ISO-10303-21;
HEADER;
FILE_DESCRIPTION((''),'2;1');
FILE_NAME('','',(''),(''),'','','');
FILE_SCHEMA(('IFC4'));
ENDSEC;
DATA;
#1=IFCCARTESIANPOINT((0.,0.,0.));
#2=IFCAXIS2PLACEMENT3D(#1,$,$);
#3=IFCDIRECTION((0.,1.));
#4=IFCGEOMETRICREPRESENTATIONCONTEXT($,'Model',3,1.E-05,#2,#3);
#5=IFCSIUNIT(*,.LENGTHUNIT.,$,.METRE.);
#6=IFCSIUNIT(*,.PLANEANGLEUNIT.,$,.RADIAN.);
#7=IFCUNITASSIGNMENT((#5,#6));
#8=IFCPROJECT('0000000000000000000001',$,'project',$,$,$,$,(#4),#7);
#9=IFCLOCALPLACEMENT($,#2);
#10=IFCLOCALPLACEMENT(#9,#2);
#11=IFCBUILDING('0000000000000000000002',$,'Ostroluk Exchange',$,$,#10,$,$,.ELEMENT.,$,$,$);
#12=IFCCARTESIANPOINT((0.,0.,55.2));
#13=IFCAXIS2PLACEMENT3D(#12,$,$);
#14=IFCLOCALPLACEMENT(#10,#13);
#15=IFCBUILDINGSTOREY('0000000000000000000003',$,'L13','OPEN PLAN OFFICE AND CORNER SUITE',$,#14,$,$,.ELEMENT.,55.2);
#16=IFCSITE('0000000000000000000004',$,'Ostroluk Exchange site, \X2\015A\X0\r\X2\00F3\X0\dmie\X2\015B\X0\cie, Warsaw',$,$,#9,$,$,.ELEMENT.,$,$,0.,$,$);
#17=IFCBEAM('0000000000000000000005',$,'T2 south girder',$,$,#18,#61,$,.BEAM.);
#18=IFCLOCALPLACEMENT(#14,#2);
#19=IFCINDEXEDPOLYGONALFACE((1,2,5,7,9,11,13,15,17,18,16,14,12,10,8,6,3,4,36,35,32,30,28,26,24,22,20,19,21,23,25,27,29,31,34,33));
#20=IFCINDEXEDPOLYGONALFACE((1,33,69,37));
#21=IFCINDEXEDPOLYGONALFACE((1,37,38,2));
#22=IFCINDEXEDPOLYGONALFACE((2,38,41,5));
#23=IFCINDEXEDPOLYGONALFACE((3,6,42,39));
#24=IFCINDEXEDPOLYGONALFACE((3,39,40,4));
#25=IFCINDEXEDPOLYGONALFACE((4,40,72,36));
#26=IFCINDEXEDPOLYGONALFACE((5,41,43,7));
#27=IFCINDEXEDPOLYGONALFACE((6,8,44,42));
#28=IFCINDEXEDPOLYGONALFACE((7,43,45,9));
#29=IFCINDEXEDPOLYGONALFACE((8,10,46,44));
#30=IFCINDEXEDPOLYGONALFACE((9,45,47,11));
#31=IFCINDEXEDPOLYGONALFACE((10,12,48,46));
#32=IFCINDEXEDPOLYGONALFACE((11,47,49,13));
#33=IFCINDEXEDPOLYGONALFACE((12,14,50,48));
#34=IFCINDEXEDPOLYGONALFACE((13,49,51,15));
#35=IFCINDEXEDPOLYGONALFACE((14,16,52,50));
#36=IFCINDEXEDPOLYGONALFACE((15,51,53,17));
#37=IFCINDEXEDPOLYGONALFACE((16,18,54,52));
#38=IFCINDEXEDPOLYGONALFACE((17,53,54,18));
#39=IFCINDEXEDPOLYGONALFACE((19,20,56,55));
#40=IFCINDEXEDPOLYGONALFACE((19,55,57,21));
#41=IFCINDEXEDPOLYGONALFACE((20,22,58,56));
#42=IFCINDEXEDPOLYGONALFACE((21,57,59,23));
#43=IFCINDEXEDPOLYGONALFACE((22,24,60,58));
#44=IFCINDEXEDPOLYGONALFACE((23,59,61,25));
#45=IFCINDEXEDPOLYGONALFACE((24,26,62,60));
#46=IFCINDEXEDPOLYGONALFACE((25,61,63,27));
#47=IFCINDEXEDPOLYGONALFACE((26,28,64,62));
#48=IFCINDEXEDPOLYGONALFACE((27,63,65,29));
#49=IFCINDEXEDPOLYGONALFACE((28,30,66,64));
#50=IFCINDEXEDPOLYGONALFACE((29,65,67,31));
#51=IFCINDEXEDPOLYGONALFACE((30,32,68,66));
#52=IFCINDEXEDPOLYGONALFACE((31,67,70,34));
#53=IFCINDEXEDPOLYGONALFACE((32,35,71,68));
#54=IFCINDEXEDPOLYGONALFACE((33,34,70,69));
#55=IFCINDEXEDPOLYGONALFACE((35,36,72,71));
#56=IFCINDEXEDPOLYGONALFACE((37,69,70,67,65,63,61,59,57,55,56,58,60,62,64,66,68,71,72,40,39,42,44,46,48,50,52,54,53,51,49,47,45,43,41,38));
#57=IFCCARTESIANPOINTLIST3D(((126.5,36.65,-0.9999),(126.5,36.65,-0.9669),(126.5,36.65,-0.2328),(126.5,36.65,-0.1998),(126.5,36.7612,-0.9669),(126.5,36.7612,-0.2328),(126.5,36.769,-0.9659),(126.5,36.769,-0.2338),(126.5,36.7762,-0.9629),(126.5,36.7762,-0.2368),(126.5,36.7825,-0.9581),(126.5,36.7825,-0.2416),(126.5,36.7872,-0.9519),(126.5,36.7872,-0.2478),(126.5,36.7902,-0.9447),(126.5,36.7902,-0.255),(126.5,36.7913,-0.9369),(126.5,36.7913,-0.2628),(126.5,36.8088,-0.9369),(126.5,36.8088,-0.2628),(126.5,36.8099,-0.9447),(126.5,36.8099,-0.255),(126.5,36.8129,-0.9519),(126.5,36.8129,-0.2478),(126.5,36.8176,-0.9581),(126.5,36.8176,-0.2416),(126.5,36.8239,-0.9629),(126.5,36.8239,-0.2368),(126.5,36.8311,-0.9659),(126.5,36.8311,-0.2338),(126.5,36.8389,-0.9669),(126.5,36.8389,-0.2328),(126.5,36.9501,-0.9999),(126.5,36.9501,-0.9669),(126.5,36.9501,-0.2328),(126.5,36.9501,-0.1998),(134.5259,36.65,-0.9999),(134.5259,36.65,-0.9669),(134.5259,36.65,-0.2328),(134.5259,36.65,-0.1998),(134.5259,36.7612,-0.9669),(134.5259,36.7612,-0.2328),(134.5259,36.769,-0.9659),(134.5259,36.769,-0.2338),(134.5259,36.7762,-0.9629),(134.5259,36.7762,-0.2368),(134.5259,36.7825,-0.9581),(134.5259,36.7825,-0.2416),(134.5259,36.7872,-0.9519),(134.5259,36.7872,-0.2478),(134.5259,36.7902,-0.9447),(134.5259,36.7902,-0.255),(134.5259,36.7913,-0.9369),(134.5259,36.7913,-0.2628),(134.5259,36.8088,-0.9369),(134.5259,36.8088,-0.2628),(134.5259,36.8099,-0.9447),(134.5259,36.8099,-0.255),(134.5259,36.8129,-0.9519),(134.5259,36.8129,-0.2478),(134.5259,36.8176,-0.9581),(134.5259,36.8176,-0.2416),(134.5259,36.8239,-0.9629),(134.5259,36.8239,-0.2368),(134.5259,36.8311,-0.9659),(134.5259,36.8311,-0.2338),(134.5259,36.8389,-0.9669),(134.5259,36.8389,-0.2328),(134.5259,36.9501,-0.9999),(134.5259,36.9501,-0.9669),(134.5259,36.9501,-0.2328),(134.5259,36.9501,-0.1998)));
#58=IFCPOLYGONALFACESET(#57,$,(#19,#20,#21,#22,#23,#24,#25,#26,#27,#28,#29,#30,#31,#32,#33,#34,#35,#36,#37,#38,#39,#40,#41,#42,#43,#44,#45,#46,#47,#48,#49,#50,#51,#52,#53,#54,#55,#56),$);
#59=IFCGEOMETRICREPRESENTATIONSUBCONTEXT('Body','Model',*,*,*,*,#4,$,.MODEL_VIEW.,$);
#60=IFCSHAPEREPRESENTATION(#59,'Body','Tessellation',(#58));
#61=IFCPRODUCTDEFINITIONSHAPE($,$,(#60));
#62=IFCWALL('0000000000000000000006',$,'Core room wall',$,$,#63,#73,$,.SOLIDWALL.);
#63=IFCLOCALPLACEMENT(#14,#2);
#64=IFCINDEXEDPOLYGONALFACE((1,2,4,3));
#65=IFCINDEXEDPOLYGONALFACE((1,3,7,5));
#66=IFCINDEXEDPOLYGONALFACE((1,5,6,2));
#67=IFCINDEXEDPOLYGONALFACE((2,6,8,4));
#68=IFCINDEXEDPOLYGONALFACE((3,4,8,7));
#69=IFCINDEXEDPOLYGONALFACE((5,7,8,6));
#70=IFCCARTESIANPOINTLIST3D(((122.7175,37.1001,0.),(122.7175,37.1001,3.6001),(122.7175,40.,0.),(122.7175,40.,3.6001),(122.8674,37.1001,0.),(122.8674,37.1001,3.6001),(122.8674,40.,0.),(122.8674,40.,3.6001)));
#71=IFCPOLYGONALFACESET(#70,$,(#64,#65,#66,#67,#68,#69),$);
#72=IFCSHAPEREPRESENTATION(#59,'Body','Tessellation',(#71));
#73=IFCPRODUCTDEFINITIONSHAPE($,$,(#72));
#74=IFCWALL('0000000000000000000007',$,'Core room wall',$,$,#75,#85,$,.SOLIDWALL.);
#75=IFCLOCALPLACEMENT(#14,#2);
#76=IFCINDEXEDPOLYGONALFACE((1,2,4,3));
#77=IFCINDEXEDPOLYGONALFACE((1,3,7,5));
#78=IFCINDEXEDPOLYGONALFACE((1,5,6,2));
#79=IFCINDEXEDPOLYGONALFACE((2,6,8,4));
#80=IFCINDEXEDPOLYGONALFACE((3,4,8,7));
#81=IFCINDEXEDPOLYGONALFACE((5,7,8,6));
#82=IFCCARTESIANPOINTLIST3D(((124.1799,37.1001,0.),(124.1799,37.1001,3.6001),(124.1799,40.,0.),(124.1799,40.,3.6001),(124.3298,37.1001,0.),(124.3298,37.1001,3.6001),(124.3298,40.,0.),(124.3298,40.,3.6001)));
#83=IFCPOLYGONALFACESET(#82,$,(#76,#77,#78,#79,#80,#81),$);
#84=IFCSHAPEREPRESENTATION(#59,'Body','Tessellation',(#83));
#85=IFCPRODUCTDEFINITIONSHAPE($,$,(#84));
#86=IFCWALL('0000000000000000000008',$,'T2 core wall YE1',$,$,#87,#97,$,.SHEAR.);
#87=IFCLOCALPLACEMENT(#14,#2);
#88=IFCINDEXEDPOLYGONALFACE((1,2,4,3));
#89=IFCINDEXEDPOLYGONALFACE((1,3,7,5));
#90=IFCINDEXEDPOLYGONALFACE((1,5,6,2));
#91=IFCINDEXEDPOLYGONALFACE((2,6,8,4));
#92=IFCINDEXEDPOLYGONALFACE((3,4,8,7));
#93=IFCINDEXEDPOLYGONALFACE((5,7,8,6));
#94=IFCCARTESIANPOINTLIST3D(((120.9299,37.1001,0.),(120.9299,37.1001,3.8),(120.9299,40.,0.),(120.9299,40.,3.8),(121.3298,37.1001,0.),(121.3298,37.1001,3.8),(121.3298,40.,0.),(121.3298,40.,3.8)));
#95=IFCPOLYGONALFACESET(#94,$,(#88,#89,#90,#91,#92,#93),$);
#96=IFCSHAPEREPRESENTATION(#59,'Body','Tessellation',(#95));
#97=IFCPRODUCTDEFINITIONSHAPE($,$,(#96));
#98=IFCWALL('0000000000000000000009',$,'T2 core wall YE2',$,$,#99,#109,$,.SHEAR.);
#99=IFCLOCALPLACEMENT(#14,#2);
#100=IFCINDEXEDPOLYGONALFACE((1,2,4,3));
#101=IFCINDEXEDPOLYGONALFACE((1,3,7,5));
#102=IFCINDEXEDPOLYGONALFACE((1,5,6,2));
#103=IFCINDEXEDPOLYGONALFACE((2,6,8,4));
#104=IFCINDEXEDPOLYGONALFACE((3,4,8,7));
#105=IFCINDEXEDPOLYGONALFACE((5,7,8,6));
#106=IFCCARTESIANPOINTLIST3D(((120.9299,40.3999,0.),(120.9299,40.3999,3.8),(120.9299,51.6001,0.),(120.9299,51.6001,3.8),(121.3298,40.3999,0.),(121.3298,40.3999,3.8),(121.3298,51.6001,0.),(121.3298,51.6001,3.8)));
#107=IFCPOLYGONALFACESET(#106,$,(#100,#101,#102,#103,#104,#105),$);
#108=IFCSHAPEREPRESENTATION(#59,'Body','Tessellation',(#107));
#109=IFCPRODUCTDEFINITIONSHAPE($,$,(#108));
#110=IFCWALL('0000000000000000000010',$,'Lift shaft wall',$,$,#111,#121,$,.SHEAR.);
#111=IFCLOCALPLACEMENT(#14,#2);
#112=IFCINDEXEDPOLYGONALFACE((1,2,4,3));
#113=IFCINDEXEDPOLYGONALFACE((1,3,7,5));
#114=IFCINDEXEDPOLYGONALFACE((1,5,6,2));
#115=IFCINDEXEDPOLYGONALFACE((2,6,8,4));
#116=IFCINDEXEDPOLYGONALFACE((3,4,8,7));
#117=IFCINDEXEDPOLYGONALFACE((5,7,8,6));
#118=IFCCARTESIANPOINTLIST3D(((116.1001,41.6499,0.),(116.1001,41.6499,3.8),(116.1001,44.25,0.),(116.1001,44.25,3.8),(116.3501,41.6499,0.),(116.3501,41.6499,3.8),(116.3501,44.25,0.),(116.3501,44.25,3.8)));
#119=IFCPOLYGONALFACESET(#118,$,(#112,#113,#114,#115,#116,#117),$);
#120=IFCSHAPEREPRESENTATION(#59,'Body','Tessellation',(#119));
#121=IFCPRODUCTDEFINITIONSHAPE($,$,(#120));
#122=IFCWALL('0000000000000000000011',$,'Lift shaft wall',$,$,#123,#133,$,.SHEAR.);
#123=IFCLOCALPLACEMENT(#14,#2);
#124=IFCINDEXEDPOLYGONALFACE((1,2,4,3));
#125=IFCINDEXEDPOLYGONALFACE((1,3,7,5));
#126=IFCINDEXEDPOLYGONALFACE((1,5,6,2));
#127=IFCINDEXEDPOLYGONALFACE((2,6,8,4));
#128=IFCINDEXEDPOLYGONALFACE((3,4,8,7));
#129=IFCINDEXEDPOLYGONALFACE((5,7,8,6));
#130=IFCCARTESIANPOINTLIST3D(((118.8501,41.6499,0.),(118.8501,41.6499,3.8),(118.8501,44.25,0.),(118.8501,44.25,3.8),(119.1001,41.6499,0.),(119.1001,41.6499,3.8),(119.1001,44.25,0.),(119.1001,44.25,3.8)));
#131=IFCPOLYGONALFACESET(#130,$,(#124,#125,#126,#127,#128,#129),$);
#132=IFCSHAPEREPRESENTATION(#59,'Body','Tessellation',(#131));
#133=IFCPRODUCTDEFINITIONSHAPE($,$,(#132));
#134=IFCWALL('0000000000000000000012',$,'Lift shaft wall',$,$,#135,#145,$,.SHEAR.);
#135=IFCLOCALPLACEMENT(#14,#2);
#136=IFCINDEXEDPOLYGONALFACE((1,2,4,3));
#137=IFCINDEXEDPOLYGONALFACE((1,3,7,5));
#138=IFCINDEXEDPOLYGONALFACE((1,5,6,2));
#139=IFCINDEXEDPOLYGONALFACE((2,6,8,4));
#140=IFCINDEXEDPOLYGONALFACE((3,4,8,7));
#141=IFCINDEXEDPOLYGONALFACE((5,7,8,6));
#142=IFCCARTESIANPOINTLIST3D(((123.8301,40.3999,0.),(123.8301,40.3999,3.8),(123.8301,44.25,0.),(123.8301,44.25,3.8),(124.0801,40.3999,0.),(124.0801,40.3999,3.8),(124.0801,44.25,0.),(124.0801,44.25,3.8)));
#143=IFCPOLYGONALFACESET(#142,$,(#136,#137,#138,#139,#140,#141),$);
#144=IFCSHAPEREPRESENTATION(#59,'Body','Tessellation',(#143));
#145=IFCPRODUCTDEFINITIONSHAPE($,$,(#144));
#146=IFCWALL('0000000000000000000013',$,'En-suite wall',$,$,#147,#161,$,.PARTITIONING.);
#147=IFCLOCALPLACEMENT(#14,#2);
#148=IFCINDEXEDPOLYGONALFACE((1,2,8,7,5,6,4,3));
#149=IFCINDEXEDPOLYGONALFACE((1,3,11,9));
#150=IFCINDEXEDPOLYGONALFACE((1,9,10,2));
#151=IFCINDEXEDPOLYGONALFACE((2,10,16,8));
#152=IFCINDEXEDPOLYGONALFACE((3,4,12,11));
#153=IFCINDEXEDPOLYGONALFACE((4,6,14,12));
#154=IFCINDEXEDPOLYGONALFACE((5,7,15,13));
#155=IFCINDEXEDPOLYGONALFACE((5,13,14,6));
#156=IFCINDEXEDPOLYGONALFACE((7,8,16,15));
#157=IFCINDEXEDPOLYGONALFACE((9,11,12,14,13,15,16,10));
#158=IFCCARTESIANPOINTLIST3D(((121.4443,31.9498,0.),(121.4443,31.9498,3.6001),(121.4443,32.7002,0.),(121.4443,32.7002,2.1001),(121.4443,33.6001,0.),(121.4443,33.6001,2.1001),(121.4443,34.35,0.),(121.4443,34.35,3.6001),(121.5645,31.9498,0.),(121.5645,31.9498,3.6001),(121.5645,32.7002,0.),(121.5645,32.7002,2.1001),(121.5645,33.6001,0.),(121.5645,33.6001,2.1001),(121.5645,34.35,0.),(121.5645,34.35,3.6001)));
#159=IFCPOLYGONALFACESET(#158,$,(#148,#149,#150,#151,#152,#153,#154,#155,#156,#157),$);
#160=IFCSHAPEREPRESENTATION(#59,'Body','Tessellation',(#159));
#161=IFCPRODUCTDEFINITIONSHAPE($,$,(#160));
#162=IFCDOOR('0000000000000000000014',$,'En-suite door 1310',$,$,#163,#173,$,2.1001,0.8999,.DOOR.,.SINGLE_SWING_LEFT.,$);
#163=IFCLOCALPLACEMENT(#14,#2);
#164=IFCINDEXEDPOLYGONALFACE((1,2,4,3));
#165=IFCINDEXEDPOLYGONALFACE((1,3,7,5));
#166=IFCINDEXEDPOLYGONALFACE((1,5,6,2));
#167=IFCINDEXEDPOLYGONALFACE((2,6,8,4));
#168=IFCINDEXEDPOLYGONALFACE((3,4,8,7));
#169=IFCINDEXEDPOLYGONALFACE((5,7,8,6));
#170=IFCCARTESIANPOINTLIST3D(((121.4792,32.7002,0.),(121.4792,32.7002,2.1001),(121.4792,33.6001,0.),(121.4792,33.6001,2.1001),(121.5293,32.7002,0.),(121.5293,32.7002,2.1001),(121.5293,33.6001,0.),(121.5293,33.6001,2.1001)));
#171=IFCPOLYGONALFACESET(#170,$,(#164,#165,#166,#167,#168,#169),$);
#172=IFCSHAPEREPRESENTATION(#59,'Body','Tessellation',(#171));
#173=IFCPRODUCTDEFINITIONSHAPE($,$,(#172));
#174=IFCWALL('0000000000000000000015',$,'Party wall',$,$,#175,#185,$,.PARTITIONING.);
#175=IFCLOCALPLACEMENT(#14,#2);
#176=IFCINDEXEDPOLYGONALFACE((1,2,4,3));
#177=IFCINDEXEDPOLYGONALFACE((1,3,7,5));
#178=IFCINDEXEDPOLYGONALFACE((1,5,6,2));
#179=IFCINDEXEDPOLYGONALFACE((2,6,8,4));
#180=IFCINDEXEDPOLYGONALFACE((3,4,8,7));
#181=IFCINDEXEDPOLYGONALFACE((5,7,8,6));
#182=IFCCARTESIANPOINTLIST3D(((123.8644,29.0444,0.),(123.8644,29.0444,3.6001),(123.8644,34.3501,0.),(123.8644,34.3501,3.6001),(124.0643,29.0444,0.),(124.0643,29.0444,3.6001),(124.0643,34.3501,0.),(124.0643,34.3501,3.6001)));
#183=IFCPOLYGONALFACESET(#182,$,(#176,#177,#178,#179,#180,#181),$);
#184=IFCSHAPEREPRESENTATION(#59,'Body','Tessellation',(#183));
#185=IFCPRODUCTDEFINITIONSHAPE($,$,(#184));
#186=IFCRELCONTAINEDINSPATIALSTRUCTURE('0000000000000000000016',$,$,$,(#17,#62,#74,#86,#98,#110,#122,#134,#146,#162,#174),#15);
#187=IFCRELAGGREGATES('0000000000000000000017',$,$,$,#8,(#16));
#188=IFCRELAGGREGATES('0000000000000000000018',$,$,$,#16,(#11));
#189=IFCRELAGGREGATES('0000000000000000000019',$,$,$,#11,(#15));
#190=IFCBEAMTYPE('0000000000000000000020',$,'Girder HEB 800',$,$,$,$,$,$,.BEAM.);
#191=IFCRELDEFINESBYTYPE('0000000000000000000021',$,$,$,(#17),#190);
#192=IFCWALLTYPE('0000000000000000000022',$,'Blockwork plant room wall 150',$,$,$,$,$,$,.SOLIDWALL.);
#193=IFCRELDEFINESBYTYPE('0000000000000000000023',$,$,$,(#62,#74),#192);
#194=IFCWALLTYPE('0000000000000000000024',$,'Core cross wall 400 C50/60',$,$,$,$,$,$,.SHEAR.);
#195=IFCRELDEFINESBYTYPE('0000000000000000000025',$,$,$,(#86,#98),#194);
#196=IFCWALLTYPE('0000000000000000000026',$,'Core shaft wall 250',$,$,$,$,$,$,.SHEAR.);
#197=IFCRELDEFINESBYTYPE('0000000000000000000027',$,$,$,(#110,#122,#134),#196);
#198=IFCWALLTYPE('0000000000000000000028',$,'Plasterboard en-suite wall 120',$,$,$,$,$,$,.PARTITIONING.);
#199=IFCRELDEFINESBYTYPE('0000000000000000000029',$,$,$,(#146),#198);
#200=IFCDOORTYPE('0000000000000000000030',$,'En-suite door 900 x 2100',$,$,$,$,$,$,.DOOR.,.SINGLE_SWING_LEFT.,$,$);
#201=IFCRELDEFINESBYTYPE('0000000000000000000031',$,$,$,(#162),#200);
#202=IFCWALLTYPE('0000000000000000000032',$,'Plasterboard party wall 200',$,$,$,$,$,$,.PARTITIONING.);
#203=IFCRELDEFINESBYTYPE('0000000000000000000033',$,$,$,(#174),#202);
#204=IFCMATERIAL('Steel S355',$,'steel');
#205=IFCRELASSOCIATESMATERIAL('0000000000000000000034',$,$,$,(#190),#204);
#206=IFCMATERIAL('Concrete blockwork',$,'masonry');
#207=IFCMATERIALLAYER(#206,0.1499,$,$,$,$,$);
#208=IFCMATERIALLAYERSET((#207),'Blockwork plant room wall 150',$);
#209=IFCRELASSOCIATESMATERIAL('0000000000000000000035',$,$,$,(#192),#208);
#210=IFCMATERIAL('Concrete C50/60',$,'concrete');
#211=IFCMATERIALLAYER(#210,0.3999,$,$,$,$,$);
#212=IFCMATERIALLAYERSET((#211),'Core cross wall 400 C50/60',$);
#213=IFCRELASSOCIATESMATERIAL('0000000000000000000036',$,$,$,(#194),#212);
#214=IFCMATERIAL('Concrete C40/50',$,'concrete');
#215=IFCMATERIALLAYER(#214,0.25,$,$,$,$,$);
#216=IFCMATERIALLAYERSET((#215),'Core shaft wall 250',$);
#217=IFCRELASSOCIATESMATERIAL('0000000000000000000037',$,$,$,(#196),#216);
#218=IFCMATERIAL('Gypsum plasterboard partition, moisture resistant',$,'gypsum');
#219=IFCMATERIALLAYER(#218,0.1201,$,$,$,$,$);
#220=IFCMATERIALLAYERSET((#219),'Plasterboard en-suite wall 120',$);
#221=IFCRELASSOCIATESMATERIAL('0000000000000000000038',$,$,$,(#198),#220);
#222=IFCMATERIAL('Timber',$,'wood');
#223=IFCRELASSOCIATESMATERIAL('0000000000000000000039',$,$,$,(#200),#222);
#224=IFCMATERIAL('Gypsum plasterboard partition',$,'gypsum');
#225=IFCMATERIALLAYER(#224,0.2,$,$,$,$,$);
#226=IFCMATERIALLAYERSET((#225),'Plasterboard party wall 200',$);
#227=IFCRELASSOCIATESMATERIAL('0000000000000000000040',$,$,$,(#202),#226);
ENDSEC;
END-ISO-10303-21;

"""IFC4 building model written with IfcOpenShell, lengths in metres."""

from ifc_helpers import new_model, si_unit, direction, frame, frame_2d, origin, origin_2d, place, context, subcontext, project, spatial, rectangle, i_section, extrude, material, layer, layer_set, material_profile, profile_set, type_object, element, fill, save


model = new_model("IFC4")

# Units and contexts
model_context = context("Model", 3, precision=1e-05, world=origin(), true_north=direction((0.0, 1.0)))
body_context = subcontext(model_context, "Body", "Model", "MODEL_VIEW")
ifc_project = project(units=[si_unit("LENGTHUNIT", "METRE"), si_unit("PLANEANGLEUNIT", "RADIAN")], contexts=[model_context])

# Site, building, storey
site_placement = place(None, origin())
site = spatial("IfcSite", under=ifc_project, at=site_placement, Name="Ostroluk Exchange site, Śródmieście, Warsaw", CompositionType="ELEMENT", RefElevation=0.0)
building_placement = place(site_placement, origin())
building = spatial("IfcBuilding", under=site, at=building_placement, Name="Ostroluk Exchange", CompositionType="ELEMENT")
storey_placement = place(building_placement, frame((0.0, 0.0, 55.2)))
storey = spatial("IfcBuildingStorey", under=building, at=storey_placement, Name="L13", Description="OPEN PLAN OFFICE AND CORNER SUITE", CompositionType="ELEMENT", Elevation=55.2)

# Beam
ifc_material_1 = material(Name="Steel S355", Category="steel")
ifc_material_profile_1 = material_profile(ifc_material_1, i_section(OverallWidth=0.3, OverallDepth=0.8, WebThickness=0.0176, FlangeThickness=0.033, FilletRadius=0.03, at=origin_2d()), Name="HEB 800")
ifc_profile_set_1 = profile_set([ifc_material_profile_1], Name="Steel S355")
beam_type_1 = type_object("IfcBeamType", Name="Girder HEB 800", PredefinedType="BEAM", material=ifc_profile_set_1)
beam_placement = place(storey_placement, frame((126.5, 36.8, -0.5999), z_axis=(1.0, 0.0, 0.0), x_axis=(0.0, 1.0, 0.0)))
element("IfcBeam", 1, at=beam_placement, inside=storey, type_object=beam_type_1, Name="T2 south girder", PredefinedType="BEAM", context=body_context, shape_type="SweptSolid", body=[
    extrude(i_section(OverallWidth=0.3, OverallDepth=0.8, WebThickness=0.0176, FlangeThickness=0.033, FilletRadius=0.03, at=origin_2d()), origin(), (0.0, 0.0, 1.0), 8.0259),
])

# Walls
ifc_material_2 = material(Name="Concrete blockwork", Category="masonry")
ifc_layer_1 = layer(ifc_material_2, 0.1499)
ifc_layer_set_1 = layer_set([ifc_layer_1], Name="Blockwork plant room wall 150")
wall_type_1 = type_object("IfcWallType", Name="Blockwork plant room wall 150", PredefinedType="SOLIDWALL", material=ifc_layer_set_1)
for number, where, z_axis, x_axis, name in (
    (2, (122.7925, 37.1001, 0.0), (0.0, 0.0, 1.0), (0.0, 1.0, 0.0), "Core room wall"),
    (3, (124.2549, 37.1001, 0.0), (0.0, 0.0, 1.0), (0.0, 1.0, 0.0), "Core room wall"),
):
    element("IfcWall", number, at=place(storey_placement, frame(where, z_axis=z_axis, x_axis=x_axis)), inside=storey, type_object=wall_type_1, Name=name, PredefinedType="SOLIDWALL", context=body_context, shape_type="SweptSolid", body=[
        extrude(rectangle(XDim=2.8999, YDim=0.1499, at=frame_2d((1.45, 0.0))), origin(), (0.0, 0.0, 1.0), 3.6001),
    ])
ifc_material_3 = material(Name="Concrete C50/60", Category="concrete")
ifc_layer_2 = layer(ifc_material_3, 0.3999)
ifc_layer_set_2 = layer_set([ifc_layer_2], Name="Core cross wall 400 C50/60")
wall_type_2 = type_object("IfcWallType", Name="Core cross wall 400 C50/60", PredefinedType="SHEAR", material=ifc_layer_set_2)
wall_1_placement = place(storey_placement, frame((121.1299, 37.1001, 0.0), z_axis=(0.0, 0.0, 1.0), x_axis=(0.0, 1.0, 0.0)))
element("IfcWall", 4, at=wall_1_placement, inside=storey, type_object=wall_type_2, Name="T2 core wall YE1", PredefinedType="SHEAR", context=body_context, shape_type="SweptSolid", body=[
    extrude(rectangle(XDim=2.8999, YDim=0.3999, at=frame_2d((1.45, 0.0))), origin(), (0.0, 0.0, 1.0), 3.8),
])
wall_2_placement = place(storey_placement, frame((121.1299, 40.3999, 0.0), z_axis=(0.0, 0.0, 1.0), x_axis=(0.0, 1.0, 0.0)))
element("IfcWall", 5, at=wall_2_placement, inside=storey, type_object=wall_type_2, Name="T2 core wall YE2", PredefinedType="SHEAR", context=body_context, shape_type="SweptSolid", body=[
    extrude(rectangle(XDim=11.2002, YDim=0.3999, at=frame_2d((5.6001, 0.0))), origin(), (0.0, 0.0, 1.0), 3.8),
])
ifc_material_4 = material(Name="Concrete C40/50", Category="concrete")
ifc_layer_3 = layer(ifc_material_4, 0.25)
ifc_layer_set_3 = layer_set([ifc_layer_3], Name="Core shaft wall 250")
wall_type_3 = type_object("IfcWallType", Name="Core shaft wall 250", PredefinedType="SHEAR", material=ifc_layer_set_3)
for number, where, z_axis, x_axis, name in (
    (6, (116.2251, 44.25, 0.0), (0.0, 0.0, 1.0), (0.0, -1.0, 0.0), "Lift shaft wall"),
    (7, (118.9751, 44.25, 0.0), (0.0, 0.0, 1.0), (0.0, -1.0, 0.0), "Lift shaft wall"),
):
    element("IfcWall", number, at=place(storey_placement, frame(where, z_axis=z_axis, x_axis=x_axis)), inside=storey, type_object=wall_type_3, Name=name, PredefinedType="SHEAR", context=body_context, shape_type="SweptSolid", body=[
        extrude(rectangle(XDim=2.6001, YDim=0.25, at=frame_2d((1.3, 0.0))), origin(), (0.0, 0.0, 1.0), 3.8),
    ])
wall_3_placement = place(storey_placement, frame((123.9551, 44.25, 0.0), z_axis=(0.0, 0.0, 1.0), x_axis=(0.0, -1.0, 0.0)))
element("IfcWall", 8, at=wall_3_placement, inside=storey, type_object=wall_type_3, Name="Lift shaft wall", PredefinedType="SHEAR", context=body_context, shape_type="SweptSolid", body=[
    extrude(rectangle(XDim=3.8501, YDim=0.25, at=frame_2d((1.925, 0.0))), origin(), (0.0, 0.0, 1.0), 3.8),
])

# Wall, opening, door
ifc_material_5 = material(Name="Gypsum plasterboard partition, moisture resistant", Category="gypsum")
ifc_layer_4 = layer(ifc_material_5, 0.1201)
ifc_layer_set_4 = layer_set([ifc_layer_4], Name="Plasterboard en-suite wall 120")
wall_type_4 = type_object("IfcWallType", Name="Plasterboard en-suite wall 120", PredefinedType="PARTITIONING", material=ifc_layer_set_4)
wall_4_placement = place(storey_placement, frame((121.5044, 34.3501, 0.0), z_axis=(0.0, 0.0, 1.0), x_axis=(0.0, -1.0, 0.0)))
wall_4 = element("IfcWall", 9, at=wall_4_placement, inside=storey, type_object=wall_type_4, Name="En-suite wall", PredefinedType="PARTITIONING", context=body_context, shape_type="SweptSolid", body=[
    extrude(rectangle(XDim=2.4001, YDim=0.1201, at=frame_2d((1.2002, 0.0))), origin(), (0.0, 0.0, 1.0), 3.6001),
])
opening_1_placement = place(wall_4_placement, frame((0.75, 0.0, 0.0)))
opening_1 = element("IfcOpeningElement", 10, at=opening_1_placement, cuts=wall_4, PredefinedType="OPENING", context=body_context, shape_type="SweptSolid", body=[
    extrude(rectangle(XDim=0.8999, YDim=2.1001, at=frame_2d((0.45, 1.05))), frame((0.0, 0.0701, 0.0), z_axis=(0.0, -1.0, 0.0), x_axis=(1.0, 0.0, 0.0)), (0.0, 0.0, 1.0), 0.1401),
])
ifc_material_6 = material(Name="Timber", Category="wood")
door_type_1 = type_object("IfcDoorType", Name="En-suite door 900 x 2100", OperationType="SINGLE_SWING_LEFT", PredefinedType="DOOR", material=ifc_material_6)
door_1_placement = place(opening_1_placement, origin())
door_1 = element("IfcDoor", 11, at=door_1_placement, inside=storey, type_object=door_type_1, Name="En-suite door 1310", OperationType="SINGLE_SWING_LEFT", OverallHeight=2.1001, OverallWidth=0.8999, PredefinedType="DOOR", context=body_context, shape_type="SweptSolid", body=[
    extrude(rectangle(XDim=0.8999, YDim=2.1001, at=frame_2d((0.45, 1.05))), frame((0.0, 0.0249, 0.0), z_axis=(0.0, -1.0, 0.0), x_axis=(1.0, 0.0, 0.0)), (0.0, 0.0, 1.0), 0.05),
])
fill(opening_1, door_1)

# Wall
ifc_material_7 = material(Name="Gypsum plasterboard partition", Category="gypsum")
ifc_layer_5 = layer(ifc_material_7, 0.2)
ifc_layer_set_5 = layer_set([ifc_layer_5], Name="Plasterboard party wall 200")
wall_type_5 = type_object("IfcWallType", Name="Plasterboard party wall 200", PredefinedType="PARTITIONING", material=ifc_layer_set_5)
wall_5_placement = place(storey_placement, frame((123.9644, 34.3501, 0.0), z_axis=(0.0, 0.0, 1.0), x_axis=(0.0, -1.0, 0.0)))
element("IfcWall", 12, at=wall_5_placement, inside=storey, type_object=wall_type_5, Name="Party wall", PredefinedType="PARTITIONING", context=body_context, shape_type="SweptSolid", body=[
    extrude(rectangle(XDim=5.3057, YDim=0.2, at=frame_2d((2.6528, 0.0))), origin(), (0.0, 0.0, 1.0), 3.6001),
])

save(model, "model.ifc")
